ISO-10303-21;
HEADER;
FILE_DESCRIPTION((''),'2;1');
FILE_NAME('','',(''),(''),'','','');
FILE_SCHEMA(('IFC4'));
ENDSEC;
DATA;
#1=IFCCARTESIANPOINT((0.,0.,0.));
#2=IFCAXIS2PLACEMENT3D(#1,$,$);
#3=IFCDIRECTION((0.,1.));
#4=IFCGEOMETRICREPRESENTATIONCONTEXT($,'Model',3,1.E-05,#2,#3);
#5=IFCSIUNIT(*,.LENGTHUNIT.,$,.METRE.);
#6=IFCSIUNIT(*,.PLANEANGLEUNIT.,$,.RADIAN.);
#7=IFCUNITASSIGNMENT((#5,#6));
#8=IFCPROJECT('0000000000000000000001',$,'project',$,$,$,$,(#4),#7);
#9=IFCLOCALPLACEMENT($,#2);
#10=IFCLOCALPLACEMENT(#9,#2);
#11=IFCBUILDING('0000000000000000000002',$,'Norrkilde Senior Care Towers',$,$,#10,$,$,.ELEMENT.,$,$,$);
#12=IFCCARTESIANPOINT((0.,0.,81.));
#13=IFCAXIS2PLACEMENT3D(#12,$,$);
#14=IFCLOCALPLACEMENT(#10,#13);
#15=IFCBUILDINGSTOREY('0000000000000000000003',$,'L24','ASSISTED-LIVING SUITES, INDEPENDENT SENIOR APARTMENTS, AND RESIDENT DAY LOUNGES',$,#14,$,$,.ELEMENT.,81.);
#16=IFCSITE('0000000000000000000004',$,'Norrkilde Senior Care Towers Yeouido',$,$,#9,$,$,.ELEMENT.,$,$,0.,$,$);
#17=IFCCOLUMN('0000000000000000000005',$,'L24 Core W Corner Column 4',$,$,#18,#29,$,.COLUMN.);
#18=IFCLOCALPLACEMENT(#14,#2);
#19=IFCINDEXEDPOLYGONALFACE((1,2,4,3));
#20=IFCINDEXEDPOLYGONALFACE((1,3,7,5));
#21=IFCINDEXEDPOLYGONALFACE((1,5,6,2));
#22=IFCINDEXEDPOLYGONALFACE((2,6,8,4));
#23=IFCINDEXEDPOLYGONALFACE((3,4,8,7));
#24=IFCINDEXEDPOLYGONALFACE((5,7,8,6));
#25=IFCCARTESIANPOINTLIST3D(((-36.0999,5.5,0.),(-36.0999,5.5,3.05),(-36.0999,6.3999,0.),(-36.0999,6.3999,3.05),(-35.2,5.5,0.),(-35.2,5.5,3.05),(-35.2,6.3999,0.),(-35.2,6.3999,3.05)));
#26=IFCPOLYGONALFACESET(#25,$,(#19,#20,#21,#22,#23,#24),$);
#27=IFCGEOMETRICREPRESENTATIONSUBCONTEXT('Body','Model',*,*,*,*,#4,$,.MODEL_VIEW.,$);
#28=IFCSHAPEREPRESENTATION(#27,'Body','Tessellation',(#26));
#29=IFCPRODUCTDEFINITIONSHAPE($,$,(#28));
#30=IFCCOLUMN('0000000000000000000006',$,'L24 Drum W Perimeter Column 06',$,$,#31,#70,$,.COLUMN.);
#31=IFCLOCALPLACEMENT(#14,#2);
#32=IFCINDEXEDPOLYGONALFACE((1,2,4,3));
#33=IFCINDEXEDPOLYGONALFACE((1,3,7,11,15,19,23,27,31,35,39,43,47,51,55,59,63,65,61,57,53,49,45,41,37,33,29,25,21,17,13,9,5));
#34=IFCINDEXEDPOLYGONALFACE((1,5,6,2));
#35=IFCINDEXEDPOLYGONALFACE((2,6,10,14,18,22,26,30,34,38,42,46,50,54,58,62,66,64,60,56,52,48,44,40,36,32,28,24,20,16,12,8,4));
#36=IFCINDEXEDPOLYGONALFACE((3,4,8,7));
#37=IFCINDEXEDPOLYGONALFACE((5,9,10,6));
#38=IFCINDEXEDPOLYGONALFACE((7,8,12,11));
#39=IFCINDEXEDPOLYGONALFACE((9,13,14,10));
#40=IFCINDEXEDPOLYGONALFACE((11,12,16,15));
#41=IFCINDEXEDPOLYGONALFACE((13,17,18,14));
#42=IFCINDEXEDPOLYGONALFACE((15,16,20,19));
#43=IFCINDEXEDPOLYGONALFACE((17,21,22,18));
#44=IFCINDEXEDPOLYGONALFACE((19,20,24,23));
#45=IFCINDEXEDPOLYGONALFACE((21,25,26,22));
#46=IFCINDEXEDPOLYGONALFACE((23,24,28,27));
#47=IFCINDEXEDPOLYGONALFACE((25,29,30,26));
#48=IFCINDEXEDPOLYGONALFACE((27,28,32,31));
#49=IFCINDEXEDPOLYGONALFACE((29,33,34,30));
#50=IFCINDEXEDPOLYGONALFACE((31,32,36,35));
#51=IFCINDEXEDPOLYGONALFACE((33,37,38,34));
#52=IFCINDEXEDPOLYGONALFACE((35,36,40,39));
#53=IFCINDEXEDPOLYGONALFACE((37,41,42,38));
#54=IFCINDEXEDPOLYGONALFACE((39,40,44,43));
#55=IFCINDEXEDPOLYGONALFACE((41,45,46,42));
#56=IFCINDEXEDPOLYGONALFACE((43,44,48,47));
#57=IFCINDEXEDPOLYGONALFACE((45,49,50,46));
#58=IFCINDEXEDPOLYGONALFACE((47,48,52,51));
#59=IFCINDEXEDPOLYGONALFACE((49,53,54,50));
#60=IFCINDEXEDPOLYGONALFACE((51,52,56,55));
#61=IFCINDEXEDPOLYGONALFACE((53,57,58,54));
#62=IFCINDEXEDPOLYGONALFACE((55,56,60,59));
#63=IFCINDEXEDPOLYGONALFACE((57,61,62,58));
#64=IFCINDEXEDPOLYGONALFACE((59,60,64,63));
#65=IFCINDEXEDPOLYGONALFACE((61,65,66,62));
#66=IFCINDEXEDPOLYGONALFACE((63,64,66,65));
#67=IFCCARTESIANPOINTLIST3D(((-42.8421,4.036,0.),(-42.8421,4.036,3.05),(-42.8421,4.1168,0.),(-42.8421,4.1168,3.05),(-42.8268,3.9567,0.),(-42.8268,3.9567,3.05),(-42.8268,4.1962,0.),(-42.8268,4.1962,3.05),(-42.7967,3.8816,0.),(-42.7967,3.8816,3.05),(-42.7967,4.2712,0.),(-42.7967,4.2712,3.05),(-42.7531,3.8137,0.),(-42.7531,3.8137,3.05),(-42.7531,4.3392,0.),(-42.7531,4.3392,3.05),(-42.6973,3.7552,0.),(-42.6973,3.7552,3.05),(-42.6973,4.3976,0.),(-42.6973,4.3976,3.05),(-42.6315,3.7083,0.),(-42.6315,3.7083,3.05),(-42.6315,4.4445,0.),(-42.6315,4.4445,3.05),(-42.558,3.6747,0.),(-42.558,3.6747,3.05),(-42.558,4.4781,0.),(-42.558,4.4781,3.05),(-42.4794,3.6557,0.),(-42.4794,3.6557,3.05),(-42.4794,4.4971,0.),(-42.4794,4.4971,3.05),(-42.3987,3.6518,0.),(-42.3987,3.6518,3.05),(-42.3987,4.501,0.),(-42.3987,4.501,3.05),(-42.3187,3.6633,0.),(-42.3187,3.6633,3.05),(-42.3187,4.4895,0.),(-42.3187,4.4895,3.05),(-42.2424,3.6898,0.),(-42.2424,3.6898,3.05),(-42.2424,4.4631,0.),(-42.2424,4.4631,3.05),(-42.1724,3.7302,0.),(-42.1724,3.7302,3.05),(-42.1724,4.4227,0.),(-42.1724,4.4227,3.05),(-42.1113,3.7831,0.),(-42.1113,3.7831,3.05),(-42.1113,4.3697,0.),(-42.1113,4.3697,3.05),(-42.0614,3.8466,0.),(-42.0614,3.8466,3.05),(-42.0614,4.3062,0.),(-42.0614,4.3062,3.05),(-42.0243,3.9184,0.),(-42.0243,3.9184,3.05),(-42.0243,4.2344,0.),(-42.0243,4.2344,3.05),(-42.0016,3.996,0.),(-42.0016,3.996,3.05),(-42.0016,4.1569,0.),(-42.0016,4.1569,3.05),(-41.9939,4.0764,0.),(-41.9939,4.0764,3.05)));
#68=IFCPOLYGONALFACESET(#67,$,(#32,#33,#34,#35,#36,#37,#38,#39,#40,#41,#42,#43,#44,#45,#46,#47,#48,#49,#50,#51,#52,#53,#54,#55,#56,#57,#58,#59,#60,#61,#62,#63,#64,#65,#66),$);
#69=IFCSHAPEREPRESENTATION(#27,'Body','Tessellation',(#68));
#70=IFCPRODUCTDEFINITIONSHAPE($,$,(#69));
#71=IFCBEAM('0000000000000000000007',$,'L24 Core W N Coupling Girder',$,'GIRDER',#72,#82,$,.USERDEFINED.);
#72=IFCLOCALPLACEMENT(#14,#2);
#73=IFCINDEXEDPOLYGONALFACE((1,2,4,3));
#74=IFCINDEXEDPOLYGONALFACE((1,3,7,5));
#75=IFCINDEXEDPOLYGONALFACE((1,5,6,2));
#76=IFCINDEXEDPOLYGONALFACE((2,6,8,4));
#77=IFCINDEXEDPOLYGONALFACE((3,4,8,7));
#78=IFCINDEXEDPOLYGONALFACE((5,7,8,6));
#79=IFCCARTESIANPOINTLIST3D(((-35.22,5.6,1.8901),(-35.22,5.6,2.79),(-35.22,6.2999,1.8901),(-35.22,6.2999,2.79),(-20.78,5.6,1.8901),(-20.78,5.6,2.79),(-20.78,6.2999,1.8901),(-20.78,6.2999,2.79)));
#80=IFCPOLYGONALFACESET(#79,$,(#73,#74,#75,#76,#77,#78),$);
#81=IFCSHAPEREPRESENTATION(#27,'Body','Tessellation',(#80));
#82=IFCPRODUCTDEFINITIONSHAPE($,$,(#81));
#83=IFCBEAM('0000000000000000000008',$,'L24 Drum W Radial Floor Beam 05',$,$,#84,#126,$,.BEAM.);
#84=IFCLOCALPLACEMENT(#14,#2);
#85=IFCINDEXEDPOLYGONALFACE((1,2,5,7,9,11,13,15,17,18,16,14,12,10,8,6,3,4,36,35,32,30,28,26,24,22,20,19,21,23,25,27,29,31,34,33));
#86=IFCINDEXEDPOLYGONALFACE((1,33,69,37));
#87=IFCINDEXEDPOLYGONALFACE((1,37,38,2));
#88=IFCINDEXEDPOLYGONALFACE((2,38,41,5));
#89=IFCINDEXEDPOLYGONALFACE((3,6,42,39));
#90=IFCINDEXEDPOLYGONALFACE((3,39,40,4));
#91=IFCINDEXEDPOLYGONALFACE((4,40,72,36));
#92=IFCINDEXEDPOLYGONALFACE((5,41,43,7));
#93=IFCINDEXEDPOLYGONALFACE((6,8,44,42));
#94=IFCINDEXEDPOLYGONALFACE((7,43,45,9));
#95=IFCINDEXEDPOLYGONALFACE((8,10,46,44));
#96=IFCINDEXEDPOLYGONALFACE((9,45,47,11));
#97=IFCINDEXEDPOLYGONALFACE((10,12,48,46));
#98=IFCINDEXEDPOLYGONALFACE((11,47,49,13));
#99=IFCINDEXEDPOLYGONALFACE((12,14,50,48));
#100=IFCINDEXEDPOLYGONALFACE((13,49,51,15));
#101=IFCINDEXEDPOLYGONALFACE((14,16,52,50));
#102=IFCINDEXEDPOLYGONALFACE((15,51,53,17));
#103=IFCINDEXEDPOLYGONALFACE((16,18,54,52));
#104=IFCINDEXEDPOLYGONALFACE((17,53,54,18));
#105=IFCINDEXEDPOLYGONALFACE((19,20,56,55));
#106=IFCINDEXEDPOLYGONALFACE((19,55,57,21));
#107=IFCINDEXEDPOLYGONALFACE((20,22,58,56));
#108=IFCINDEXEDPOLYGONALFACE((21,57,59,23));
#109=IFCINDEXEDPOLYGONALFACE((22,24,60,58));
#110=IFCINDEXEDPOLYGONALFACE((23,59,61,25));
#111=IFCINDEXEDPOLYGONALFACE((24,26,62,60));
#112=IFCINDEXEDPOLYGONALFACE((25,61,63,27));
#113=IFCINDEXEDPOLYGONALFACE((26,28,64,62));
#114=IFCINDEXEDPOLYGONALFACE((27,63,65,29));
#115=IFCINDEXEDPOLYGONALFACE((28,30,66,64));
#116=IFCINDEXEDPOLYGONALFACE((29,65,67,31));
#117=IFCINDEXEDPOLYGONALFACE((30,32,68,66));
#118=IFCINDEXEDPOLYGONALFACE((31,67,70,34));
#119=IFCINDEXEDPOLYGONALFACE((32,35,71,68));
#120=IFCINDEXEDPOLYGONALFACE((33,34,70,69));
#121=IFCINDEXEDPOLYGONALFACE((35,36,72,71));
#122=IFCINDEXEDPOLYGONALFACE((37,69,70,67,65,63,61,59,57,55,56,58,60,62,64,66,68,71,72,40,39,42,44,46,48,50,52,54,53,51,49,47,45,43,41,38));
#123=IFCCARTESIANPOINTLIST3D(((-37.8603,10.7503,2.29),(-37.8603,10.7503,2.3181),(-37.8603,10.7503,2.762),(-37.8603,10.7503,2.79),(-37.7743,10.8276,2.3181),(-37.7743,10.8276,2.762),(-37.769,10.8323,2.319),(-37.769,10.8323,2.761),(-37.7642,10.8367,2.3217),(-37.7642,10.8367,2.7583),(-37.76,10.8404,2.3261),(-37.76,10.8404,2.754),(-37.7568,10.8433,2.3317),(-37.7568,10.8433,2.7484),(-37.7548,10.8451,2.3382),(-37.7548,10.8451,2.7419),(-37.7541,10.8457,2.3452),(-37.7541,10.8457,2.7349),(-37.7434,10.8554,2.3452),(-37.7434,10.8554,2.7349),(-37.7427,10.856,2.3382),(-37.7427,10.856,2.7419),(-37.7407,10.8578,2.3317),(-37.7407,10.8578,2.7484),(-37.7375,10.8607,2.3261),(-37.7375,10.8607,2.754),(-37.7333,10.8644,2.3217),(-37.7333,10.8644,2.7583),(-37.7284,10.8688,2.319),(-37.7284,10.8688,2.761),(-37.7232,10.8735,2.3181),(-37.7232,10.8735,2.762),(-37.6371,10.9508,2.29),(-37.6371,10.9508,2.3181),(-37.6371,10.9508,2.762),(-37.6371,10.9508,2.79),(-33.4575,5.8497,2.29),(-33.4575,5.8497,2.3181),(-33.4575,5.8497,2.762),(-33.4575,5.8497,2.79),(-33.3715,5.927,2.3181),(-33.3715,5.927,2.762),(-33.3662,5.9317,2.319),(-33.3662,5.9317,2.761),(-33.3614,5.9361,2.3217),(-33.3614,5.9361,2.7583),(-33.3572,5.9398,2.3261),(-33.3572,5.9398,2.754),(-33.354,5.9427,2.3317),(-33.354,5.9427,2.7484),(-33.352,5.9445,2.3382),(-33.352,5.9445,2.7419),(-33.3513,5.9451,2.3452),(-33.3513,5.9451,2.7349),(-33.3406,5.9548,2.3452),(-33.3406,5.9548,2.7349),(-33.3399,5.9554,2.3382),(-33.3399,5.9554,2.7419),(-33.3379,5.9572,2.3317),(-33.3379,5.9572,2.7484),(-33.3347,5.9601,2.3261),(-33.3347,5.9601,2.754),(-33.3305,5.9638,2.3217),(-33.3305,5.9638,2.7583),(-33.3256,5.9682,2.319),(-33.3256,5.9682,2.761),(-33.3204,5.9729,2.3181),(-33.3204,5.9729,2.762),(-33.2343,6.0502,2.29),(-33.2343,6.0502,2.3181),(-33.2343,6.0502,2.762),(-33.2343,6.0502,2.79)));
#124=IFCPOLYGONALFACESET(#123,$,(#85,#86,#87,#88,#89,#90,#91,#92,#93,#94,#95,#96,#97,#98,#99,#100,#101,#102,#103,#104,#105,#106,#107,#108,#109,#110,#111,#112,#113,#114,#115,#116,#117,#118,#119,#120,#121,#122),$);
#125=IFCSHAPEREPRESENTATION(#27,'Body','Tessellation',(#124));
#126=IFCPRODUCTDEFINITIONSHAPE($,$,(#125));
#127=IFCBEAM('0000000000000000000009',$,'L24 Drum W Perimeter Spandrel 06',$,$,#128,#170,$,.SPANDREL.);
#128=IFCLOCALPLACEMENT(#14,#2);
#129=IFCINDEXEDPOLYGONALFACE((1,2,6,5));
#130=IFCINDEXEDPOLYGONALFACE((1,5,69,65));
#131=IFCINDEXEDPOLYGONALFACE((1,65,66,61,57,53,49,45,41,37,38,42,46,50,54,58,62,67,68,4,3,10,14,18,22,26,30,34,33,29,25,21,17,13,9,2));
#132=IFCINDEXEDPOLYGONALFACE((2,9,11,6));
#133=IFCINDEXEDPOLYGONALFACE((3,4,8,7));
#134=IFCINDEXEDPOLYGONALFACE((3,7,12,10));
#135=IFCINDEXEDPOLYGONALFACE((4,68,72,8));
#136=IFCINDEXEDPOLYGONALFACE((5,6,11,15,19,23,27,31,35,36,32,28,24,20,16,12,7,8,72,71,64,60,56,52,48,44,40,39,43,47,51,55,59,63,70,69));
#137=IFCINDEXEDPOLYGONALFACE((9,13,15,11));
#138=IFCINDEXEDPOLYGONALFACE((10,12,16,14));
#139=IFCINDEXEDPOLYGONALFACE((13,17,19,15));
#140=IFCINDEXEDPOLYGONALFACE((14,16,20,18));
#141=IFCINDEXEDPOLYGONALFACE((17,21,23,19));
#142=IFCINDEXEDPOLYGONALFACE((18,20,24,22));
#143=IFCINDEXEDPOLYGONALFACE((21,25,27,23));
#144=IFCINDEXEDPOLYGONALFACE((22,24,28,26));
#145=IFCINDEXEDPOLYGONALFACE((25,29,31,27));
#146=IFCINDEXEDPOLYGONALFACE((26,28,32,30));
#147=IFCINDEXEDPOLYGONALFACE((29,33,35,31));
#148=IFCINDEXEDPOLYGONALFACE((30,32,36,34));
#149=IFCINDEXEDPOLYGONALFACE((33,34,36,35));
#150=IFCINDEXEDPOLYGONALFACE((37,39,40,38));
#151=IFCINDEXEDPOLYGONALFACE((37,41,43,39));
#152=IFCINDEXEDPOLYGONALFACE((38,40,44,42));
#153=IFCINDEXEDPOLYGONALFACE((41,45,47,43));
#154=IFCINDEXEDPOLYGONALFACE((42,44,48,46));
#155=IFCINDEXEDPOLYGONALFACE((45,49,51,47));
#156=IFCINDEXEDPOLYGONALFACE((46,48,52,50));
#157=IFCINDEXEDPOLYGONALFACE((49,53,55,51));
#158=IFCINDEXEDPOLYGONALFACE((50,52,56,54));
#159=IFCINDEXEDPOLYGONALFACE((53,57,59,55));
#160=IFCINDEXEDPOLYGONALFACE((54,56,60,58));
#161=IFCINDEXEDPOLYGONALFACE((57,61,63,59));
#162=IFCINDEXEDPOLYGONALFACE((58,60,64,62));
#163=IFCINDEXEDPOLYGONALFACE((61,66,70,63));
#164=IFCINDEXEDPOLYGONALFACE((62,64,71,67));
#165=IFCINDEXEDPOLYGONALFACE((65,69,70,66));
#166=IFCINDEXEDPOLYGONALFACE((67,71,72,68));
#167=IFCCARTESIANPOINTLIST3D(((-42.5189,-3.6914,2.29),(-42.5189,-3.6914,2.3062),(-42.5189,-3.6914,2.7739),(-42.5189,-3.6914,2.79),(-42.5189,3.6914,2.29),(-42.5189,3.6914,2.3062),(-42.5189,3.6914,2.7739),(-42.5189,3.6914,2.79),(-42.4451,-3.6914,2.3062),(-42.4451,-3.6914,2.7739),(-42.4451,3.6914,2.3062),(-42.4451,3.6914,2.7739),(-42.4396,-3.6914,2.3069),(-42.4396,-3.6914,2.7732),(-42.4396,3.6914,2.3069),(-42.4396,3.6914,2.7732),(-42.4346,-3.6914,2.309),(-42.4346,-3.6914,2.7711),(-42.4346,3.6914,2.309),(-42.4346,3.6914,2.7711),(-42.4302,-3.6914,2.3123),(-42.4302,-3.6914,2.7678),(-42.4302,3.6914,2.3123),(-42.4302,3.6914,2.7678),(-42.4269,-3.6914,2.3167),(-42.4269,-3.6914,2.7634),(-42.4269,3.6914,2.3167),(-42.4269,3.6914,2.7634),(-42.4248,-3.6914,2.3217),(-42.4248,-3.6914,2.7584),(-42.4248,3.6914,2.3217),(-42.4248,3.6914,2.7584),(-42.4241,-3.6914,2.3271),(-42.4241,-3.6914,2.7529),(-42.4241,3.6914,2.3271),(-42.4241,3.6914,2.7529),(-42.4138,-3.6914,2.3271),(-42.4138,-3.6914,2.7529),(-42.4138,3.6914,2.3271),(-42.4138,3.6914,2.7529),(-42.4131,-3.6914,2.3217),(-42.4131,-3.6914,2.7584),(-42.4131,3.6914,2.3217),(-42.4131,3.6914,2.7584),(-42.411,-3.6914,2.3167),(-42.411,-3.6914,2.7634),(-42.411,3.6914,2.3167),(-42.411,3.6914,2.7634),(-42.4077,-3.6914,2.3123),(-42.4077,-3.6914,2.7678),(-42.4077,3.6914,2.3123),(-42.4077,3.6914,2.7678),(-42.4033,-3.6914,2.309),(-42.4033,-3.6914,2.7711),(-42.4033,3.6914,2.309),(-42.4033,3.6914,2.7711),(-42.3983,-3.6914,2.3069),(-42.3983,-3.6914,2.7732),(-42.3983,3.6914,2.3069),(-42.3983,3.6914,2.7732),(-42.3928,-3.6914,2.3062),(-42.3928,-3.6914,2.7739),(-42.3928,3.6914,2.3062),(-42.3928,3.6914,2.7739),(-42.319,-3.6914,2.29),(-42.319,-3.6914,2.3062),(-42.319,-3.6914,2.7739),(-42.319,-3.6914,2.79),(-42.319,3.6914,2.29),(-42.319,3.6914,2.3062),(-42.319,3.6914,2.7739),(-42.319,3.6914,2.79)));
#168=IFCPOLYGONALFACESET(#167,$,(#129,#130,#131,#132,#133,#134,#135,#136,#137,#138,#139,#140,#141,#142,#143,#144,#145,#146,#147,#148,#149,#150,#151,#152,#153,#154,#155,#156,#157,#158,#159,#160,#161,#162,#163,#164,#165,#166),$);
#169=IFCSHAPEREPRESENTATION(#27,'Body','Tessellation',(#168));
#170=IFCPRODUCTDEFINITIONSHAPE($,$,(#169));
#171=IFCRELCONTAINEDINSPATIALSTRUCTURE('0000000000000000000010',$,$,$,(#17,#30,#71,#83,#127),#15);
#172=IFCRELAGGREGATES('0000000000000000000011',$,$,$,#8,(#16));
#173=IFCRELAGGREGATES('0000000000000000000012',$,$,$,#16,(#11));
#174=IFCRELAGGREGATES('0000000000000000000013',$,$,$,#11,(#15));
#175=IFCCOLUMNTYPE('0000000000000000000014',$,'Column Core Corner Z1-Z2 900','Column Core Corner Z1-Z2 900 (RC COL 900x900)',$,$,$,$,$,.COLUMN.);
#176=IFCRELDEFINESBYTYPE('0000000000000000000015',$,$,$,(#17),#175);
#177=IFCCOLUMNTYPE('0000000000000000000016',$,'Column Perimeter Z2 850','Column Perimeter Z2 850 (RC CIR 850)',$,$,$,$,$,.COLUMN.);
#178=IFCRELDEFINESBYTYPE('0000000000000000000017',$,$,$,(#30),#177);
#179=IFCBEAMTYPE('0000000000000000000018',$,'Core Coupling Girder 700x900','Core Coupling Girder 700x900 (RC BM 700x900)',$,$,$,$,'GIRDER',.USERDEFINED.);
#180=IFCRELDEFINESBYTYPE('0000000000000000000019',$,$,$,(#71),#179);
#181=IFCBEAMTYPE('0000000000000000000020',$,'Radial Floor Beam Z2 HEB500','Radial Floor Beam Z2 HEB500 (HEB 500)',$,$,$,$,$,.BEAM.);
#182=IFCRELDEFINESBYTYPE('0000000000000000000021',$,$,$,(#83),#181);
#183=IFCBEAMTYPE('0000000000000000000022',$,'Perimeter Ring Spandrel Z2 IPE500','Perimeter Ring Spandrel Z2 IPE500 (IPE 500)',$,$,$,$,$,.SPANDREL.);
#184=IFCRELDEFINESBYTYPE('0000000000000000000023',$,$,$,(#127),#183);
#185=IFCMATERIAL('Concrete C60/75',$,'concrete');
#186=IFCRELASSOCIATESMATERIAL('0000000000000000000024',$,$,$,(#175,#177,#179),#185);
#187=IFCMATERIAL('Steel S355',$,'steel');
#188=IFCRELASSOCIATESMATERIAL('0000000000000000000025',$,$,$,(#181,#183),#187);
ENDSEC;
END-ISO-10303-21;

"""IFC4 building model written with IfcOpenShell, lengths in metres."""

from ifc_helpers import new_model, si_unit, direction, frame, origin, origin_2d, place, context, subcontext, project, spatial, rectangle, circle, i_section, extrude, source, transform, mapped, material, material_profile, profile_set, type_object, type_shapes, element, save


model = new_model("IFC4")

# Units and contexts
model_context = context("Model", 3, precision=1e-05, world=origin(), true_north=direction((0.0, 1.0)))
body_context = subcontext(model_context, "Body", "Model", "MODEL_VIEW")
ifc_project = project(units=[si_unit("LENGTHUNIT", "METRE"), si_unit("PLANEANGLEUNIT", "RADIAN")], contexts=[model_context])

# Site, building, storey
site_placement = place(None, origin())
site = spatial("IfcSite", under=ifc_project, at=site_placement, Name="Norrkilde Senior Care Towers Yeouido", CompositionType="ELEMENT", RefElevation=0.0)
building_placement = place(site_placement, origin())
building = spatial("IfcBuilding", under=site, at=building_placement, Name="Norrkilde Senior Care Towers", CompositionType="ELEMENT")
storey_placement = place(building_placement, frame((0.0, 0.0, 81.0)))
storey = spatial("IfcBuildingStorey", under=building, at=storey_placement, Name="L24", Description="ASSISTED-LIVING SUITES, INDEPENDENT SENIOR APARTMENTS, AND RESIDENT DAY LOUNGES", CompositionType="ELEMENT", Elevation=81.0)

# Columns
ifc_material_1 = material(Name="Concrete C60/75", Category="concrete")
ifc_material_profile_1 = material_profile(ifc_material_1, rectangle(XDim=0.8999, YDim=0.8999, at=origin_2d()), Name="RC COL 900x900")
ifc_profile_set_1 = profile_set([ifc_material_profile_1], Name="Concrete C60/75")
column_type_1 = type_object("IfcColumnType", Name="Column Core Corner Z1-Z2 900", Description="Column Core Corner Z1-Z2 900 (RC COL 900x900)", PredefinedType="COLUMN", material=ifc_profile_set_1)
shared_shape_1 = source(origin(), body_context, "Body", "SweptSolid", [
    extrude(rectangle(XDim=0.8999, YDim=0.8999, at=origin_2d()), origin(), (0.0, 0.0, 1.0), 3.05),
])
type_shapes(column_type_1, [shared_shape_1])
column_1_placement = place(storey_placement, frame((-35.6499, 5.95, 0.0), z_axis=(0.0, 0.0, 1.0), x_axis=(1.0, 0.0, 0.0)))
element("IfcColumn", 1, at=column_1_placement, inside=storey, type_object=column_type_1, Name="L24 Core W Corner Column 4", PredefinedType="COLUMN", context=body_context, shape_type="MappedRepresentation", body=[
    mapped(shared_shape_1, transform((0.0, 0.0, 0.0), x_axis=(1.0, 0.0, 0.0), y_axis=(0.0, 1.0, 0.0), z_axis=(0.0, 0.0, 1.0), scale=1.0)),
])
ifc_material_profile_2 = material_profile(ifc_material_1, circle(Radius=0.425, at=origin_2d()), Name="RC CIR 850")
ifc_profile_set_2 = profile_set([ifc_material_profile_2], Name="Concrete C60/75")
column_type_2 = type_object("IfcColumnType", Name="Column Perimeter Z2 850", Description="Column Perimeter Z2 850 (RC CIR 850)", PredefinedType="COLUMN", material=ifc_profile_set_2)
shared_shape_2 = source(origin(), body_context, "Body", "SweptSolid", [
    extrude(circle(Radius=0.425, at=origin_2d()), origin(), (0.0, 0.0, 1.0), 3.05),
])
type_shapes(column_type_2, [shared_shape_2])
column_2_placement = place(storey_placement, frame((-42.4189, 4.0764, 0.0), z_axis=(0.0, 0.0, 1.0), x_axis=(1.0, 0.0, 0.0)))
element("IfcColumn", 2, at=column_2_placement, inside=storey, type_object=column_type_2, Name="L24 Drum W Perimeter Column 06", PredefinedType="COLUMN", context=body_context, shape_type="MappedRepresentation", body=[
    mapped(shared_shape_2, transform((0.0, 0.0, 0.0), x_axis=(1.0, 0.0, 0.0), y_axis=(0.0, 1.0, 0.0), z_axis=(0.0, 0.0, 1.0), scale=1.0)),
])

# Beams
ifc_material_profile_3 = material_profile(ifc_material_1, rectangle(XDim=0.7, YDim=0.8999, at=origin_2d()), Name="RC BM 700x900")
ifc_profile_set_3 = profile_set([ifc_material_profile_3], Name="Concrete C60/75")
beam_type_1 = type_object("IfcBeamType", Name="Core Coupling Girder 700x900", Description="Core Coupling Girder 700x900 (RC BM 700x900)", ElementType="GIRDER", PredefinedType="USERDEFINED", material=ifc_profile_set_3)
shared_shape_3 = source(origin(), body_context, "Body", "SweptSolid", [
    extrude(rectangle(XDim=0.7, YDim=0.8999, at=origin_2d()), origin(), (0.0, 0.0, 1.0), 14.4399),
])
type_shapes(beam_type_1, [shared_shape_3])
beam_1_placement = place(storey_placement, frame((-35.22, 5.95, 2.3401), z_axis=(1.0, 0.0, 0.0), x_axis=(0.0, 1.0, 0.0)))
element("IfcBeam", 3, at=beam_1_placement, inside=storey, type_object=beam_type_1, Name="L24 Core W N Coupling Girder", ObjectType="GIRDER", PredefinedType="USERDEFINED", context=body_context, shape_type="MappedRepresentation", body=[
    mapped(shared_shape_3, transform((0.0, 0.0, 0.0), x_axis=(1.0, 0.0, 0.0), y_axis=(0.0, 1.0, 0.0), z_axis=(0.0, 0.0, 1.0), scale=1.0)),
])
ifc_material_2 = material(Name="Steel S355", Category="steel")
ifc_material_profile_4 = material_profile(ifc_material_2, i_section(OverallWidth=0.3, OverallDepth=0.5, WebThickness=0.0144, FlangeThickness=0.0281, FilletRadius=0.0271, at=origin_2d()), Name="HEB 500")
ifc_profile_set_4 = profile_set([ifc_material_profile_4], Name="Steel S355")
beam_type_2 = type_object("IfcBeamType", Name="Radial Floor Beam Z2 HEB500", Description="Radial Floor Beam Z2 HEB500 (HEB 500)", PredefinedType="BEAM", material=ifc_profile_set_4)
shared_shape_4 = source(origin(), body_context, "Body", "SweptSolid", [
    extrude(i_section(OverallWidth=0.3, OverallDepth=0.5, WebThickness=0.0144, FlangeThickness=0.0281, FilletRadius=0.0271, at=origin_2d()), origin(), (0.0, 0.0, 1.0), 6.5879),
])
beam_2_placement = place(storey_placement, frame((-33.3459, 5.95, 2.54), z_axis=(-0.668315, 0.743878, 0.0), x_axis=(-0.743878, -0.668315, 0.0)))
element("IfcBeam", 4, at=beam_2_placement, inside=storey, type_object=beam_type_2, Name="L24 Drum W Radial Floor Beam 05", PredefinedType="BEAM", context=body_context, shape_type="MappedRepresentation", body=[
    mapped(shared_shape_4, transform((0.0, 0.0, 0.0), x_axis=(1.0, 0.0, 0.0), y_axis=(0.0, 1.0, 0.0), z_axis=(0.0, 0.0, 1.0), scale=1.0)),
])
ifc_material_profile_5 = material_profile(ifc_material_2, i_section(OverallWidth=0.2, OverallDepth=0.5, WebThickness=0.0103, FlangeThickness=0.0161, FilletRadius=0.021, at=origin_2d()), Name="IPE 500")
ifc_profile_set_5 = profile_set([ifc_material_profile_5], Name="Steel S355")
beam_type_3 = type_object("IfcBeamType", Name="Perimeter Ring Spandrel Z2 IPE500", Description="Perimeter Ring Spandrel Z2 IPE500 (IPE 500)", PredefinedType="SPANDREL", material=ifc_profile_set_5)
shared_shape_5 = source(origin(), body_context, "Body", "SweptSolid", [
    extrude(i_section(OverallWidth=0.2, OverallDepth=0.5, WebThickness=0.0103, FlangeThickness=0.0161, FilletRadius=0.021, at=origin_2d()), origin(), (0.0, 0.0, 1.0), 7.3828),
])
type_shapes(beam_type_3, [shared_shape_5])
beam_3_placement = place(storey_placement, frame((-42.4189, 3.6914, 2.54), z_axis=(0.0, -1.0, 0.0), x_axis=(1.0, 0.0, 0.0)))
element("IfcBeam", 5, at=beam_3_placement, inside=storey, type_object=beam_type_3, Name="L24 Drum W Perimeter Spandrel 06", PredefinedType="SPANDREL", context=body_context, shape_type="MappedRepresentation", body=[
    mapped(shared_shape_5, transform((0.0, 0.0, 0.0), x_axis=(1.0, 0.0, 0.0), y_axis=(0.0, 1.0, 0.0), z_axis=(0.0, 0.0, 1.0), scale=1.0)),
])

save(model, "model.ifc")
